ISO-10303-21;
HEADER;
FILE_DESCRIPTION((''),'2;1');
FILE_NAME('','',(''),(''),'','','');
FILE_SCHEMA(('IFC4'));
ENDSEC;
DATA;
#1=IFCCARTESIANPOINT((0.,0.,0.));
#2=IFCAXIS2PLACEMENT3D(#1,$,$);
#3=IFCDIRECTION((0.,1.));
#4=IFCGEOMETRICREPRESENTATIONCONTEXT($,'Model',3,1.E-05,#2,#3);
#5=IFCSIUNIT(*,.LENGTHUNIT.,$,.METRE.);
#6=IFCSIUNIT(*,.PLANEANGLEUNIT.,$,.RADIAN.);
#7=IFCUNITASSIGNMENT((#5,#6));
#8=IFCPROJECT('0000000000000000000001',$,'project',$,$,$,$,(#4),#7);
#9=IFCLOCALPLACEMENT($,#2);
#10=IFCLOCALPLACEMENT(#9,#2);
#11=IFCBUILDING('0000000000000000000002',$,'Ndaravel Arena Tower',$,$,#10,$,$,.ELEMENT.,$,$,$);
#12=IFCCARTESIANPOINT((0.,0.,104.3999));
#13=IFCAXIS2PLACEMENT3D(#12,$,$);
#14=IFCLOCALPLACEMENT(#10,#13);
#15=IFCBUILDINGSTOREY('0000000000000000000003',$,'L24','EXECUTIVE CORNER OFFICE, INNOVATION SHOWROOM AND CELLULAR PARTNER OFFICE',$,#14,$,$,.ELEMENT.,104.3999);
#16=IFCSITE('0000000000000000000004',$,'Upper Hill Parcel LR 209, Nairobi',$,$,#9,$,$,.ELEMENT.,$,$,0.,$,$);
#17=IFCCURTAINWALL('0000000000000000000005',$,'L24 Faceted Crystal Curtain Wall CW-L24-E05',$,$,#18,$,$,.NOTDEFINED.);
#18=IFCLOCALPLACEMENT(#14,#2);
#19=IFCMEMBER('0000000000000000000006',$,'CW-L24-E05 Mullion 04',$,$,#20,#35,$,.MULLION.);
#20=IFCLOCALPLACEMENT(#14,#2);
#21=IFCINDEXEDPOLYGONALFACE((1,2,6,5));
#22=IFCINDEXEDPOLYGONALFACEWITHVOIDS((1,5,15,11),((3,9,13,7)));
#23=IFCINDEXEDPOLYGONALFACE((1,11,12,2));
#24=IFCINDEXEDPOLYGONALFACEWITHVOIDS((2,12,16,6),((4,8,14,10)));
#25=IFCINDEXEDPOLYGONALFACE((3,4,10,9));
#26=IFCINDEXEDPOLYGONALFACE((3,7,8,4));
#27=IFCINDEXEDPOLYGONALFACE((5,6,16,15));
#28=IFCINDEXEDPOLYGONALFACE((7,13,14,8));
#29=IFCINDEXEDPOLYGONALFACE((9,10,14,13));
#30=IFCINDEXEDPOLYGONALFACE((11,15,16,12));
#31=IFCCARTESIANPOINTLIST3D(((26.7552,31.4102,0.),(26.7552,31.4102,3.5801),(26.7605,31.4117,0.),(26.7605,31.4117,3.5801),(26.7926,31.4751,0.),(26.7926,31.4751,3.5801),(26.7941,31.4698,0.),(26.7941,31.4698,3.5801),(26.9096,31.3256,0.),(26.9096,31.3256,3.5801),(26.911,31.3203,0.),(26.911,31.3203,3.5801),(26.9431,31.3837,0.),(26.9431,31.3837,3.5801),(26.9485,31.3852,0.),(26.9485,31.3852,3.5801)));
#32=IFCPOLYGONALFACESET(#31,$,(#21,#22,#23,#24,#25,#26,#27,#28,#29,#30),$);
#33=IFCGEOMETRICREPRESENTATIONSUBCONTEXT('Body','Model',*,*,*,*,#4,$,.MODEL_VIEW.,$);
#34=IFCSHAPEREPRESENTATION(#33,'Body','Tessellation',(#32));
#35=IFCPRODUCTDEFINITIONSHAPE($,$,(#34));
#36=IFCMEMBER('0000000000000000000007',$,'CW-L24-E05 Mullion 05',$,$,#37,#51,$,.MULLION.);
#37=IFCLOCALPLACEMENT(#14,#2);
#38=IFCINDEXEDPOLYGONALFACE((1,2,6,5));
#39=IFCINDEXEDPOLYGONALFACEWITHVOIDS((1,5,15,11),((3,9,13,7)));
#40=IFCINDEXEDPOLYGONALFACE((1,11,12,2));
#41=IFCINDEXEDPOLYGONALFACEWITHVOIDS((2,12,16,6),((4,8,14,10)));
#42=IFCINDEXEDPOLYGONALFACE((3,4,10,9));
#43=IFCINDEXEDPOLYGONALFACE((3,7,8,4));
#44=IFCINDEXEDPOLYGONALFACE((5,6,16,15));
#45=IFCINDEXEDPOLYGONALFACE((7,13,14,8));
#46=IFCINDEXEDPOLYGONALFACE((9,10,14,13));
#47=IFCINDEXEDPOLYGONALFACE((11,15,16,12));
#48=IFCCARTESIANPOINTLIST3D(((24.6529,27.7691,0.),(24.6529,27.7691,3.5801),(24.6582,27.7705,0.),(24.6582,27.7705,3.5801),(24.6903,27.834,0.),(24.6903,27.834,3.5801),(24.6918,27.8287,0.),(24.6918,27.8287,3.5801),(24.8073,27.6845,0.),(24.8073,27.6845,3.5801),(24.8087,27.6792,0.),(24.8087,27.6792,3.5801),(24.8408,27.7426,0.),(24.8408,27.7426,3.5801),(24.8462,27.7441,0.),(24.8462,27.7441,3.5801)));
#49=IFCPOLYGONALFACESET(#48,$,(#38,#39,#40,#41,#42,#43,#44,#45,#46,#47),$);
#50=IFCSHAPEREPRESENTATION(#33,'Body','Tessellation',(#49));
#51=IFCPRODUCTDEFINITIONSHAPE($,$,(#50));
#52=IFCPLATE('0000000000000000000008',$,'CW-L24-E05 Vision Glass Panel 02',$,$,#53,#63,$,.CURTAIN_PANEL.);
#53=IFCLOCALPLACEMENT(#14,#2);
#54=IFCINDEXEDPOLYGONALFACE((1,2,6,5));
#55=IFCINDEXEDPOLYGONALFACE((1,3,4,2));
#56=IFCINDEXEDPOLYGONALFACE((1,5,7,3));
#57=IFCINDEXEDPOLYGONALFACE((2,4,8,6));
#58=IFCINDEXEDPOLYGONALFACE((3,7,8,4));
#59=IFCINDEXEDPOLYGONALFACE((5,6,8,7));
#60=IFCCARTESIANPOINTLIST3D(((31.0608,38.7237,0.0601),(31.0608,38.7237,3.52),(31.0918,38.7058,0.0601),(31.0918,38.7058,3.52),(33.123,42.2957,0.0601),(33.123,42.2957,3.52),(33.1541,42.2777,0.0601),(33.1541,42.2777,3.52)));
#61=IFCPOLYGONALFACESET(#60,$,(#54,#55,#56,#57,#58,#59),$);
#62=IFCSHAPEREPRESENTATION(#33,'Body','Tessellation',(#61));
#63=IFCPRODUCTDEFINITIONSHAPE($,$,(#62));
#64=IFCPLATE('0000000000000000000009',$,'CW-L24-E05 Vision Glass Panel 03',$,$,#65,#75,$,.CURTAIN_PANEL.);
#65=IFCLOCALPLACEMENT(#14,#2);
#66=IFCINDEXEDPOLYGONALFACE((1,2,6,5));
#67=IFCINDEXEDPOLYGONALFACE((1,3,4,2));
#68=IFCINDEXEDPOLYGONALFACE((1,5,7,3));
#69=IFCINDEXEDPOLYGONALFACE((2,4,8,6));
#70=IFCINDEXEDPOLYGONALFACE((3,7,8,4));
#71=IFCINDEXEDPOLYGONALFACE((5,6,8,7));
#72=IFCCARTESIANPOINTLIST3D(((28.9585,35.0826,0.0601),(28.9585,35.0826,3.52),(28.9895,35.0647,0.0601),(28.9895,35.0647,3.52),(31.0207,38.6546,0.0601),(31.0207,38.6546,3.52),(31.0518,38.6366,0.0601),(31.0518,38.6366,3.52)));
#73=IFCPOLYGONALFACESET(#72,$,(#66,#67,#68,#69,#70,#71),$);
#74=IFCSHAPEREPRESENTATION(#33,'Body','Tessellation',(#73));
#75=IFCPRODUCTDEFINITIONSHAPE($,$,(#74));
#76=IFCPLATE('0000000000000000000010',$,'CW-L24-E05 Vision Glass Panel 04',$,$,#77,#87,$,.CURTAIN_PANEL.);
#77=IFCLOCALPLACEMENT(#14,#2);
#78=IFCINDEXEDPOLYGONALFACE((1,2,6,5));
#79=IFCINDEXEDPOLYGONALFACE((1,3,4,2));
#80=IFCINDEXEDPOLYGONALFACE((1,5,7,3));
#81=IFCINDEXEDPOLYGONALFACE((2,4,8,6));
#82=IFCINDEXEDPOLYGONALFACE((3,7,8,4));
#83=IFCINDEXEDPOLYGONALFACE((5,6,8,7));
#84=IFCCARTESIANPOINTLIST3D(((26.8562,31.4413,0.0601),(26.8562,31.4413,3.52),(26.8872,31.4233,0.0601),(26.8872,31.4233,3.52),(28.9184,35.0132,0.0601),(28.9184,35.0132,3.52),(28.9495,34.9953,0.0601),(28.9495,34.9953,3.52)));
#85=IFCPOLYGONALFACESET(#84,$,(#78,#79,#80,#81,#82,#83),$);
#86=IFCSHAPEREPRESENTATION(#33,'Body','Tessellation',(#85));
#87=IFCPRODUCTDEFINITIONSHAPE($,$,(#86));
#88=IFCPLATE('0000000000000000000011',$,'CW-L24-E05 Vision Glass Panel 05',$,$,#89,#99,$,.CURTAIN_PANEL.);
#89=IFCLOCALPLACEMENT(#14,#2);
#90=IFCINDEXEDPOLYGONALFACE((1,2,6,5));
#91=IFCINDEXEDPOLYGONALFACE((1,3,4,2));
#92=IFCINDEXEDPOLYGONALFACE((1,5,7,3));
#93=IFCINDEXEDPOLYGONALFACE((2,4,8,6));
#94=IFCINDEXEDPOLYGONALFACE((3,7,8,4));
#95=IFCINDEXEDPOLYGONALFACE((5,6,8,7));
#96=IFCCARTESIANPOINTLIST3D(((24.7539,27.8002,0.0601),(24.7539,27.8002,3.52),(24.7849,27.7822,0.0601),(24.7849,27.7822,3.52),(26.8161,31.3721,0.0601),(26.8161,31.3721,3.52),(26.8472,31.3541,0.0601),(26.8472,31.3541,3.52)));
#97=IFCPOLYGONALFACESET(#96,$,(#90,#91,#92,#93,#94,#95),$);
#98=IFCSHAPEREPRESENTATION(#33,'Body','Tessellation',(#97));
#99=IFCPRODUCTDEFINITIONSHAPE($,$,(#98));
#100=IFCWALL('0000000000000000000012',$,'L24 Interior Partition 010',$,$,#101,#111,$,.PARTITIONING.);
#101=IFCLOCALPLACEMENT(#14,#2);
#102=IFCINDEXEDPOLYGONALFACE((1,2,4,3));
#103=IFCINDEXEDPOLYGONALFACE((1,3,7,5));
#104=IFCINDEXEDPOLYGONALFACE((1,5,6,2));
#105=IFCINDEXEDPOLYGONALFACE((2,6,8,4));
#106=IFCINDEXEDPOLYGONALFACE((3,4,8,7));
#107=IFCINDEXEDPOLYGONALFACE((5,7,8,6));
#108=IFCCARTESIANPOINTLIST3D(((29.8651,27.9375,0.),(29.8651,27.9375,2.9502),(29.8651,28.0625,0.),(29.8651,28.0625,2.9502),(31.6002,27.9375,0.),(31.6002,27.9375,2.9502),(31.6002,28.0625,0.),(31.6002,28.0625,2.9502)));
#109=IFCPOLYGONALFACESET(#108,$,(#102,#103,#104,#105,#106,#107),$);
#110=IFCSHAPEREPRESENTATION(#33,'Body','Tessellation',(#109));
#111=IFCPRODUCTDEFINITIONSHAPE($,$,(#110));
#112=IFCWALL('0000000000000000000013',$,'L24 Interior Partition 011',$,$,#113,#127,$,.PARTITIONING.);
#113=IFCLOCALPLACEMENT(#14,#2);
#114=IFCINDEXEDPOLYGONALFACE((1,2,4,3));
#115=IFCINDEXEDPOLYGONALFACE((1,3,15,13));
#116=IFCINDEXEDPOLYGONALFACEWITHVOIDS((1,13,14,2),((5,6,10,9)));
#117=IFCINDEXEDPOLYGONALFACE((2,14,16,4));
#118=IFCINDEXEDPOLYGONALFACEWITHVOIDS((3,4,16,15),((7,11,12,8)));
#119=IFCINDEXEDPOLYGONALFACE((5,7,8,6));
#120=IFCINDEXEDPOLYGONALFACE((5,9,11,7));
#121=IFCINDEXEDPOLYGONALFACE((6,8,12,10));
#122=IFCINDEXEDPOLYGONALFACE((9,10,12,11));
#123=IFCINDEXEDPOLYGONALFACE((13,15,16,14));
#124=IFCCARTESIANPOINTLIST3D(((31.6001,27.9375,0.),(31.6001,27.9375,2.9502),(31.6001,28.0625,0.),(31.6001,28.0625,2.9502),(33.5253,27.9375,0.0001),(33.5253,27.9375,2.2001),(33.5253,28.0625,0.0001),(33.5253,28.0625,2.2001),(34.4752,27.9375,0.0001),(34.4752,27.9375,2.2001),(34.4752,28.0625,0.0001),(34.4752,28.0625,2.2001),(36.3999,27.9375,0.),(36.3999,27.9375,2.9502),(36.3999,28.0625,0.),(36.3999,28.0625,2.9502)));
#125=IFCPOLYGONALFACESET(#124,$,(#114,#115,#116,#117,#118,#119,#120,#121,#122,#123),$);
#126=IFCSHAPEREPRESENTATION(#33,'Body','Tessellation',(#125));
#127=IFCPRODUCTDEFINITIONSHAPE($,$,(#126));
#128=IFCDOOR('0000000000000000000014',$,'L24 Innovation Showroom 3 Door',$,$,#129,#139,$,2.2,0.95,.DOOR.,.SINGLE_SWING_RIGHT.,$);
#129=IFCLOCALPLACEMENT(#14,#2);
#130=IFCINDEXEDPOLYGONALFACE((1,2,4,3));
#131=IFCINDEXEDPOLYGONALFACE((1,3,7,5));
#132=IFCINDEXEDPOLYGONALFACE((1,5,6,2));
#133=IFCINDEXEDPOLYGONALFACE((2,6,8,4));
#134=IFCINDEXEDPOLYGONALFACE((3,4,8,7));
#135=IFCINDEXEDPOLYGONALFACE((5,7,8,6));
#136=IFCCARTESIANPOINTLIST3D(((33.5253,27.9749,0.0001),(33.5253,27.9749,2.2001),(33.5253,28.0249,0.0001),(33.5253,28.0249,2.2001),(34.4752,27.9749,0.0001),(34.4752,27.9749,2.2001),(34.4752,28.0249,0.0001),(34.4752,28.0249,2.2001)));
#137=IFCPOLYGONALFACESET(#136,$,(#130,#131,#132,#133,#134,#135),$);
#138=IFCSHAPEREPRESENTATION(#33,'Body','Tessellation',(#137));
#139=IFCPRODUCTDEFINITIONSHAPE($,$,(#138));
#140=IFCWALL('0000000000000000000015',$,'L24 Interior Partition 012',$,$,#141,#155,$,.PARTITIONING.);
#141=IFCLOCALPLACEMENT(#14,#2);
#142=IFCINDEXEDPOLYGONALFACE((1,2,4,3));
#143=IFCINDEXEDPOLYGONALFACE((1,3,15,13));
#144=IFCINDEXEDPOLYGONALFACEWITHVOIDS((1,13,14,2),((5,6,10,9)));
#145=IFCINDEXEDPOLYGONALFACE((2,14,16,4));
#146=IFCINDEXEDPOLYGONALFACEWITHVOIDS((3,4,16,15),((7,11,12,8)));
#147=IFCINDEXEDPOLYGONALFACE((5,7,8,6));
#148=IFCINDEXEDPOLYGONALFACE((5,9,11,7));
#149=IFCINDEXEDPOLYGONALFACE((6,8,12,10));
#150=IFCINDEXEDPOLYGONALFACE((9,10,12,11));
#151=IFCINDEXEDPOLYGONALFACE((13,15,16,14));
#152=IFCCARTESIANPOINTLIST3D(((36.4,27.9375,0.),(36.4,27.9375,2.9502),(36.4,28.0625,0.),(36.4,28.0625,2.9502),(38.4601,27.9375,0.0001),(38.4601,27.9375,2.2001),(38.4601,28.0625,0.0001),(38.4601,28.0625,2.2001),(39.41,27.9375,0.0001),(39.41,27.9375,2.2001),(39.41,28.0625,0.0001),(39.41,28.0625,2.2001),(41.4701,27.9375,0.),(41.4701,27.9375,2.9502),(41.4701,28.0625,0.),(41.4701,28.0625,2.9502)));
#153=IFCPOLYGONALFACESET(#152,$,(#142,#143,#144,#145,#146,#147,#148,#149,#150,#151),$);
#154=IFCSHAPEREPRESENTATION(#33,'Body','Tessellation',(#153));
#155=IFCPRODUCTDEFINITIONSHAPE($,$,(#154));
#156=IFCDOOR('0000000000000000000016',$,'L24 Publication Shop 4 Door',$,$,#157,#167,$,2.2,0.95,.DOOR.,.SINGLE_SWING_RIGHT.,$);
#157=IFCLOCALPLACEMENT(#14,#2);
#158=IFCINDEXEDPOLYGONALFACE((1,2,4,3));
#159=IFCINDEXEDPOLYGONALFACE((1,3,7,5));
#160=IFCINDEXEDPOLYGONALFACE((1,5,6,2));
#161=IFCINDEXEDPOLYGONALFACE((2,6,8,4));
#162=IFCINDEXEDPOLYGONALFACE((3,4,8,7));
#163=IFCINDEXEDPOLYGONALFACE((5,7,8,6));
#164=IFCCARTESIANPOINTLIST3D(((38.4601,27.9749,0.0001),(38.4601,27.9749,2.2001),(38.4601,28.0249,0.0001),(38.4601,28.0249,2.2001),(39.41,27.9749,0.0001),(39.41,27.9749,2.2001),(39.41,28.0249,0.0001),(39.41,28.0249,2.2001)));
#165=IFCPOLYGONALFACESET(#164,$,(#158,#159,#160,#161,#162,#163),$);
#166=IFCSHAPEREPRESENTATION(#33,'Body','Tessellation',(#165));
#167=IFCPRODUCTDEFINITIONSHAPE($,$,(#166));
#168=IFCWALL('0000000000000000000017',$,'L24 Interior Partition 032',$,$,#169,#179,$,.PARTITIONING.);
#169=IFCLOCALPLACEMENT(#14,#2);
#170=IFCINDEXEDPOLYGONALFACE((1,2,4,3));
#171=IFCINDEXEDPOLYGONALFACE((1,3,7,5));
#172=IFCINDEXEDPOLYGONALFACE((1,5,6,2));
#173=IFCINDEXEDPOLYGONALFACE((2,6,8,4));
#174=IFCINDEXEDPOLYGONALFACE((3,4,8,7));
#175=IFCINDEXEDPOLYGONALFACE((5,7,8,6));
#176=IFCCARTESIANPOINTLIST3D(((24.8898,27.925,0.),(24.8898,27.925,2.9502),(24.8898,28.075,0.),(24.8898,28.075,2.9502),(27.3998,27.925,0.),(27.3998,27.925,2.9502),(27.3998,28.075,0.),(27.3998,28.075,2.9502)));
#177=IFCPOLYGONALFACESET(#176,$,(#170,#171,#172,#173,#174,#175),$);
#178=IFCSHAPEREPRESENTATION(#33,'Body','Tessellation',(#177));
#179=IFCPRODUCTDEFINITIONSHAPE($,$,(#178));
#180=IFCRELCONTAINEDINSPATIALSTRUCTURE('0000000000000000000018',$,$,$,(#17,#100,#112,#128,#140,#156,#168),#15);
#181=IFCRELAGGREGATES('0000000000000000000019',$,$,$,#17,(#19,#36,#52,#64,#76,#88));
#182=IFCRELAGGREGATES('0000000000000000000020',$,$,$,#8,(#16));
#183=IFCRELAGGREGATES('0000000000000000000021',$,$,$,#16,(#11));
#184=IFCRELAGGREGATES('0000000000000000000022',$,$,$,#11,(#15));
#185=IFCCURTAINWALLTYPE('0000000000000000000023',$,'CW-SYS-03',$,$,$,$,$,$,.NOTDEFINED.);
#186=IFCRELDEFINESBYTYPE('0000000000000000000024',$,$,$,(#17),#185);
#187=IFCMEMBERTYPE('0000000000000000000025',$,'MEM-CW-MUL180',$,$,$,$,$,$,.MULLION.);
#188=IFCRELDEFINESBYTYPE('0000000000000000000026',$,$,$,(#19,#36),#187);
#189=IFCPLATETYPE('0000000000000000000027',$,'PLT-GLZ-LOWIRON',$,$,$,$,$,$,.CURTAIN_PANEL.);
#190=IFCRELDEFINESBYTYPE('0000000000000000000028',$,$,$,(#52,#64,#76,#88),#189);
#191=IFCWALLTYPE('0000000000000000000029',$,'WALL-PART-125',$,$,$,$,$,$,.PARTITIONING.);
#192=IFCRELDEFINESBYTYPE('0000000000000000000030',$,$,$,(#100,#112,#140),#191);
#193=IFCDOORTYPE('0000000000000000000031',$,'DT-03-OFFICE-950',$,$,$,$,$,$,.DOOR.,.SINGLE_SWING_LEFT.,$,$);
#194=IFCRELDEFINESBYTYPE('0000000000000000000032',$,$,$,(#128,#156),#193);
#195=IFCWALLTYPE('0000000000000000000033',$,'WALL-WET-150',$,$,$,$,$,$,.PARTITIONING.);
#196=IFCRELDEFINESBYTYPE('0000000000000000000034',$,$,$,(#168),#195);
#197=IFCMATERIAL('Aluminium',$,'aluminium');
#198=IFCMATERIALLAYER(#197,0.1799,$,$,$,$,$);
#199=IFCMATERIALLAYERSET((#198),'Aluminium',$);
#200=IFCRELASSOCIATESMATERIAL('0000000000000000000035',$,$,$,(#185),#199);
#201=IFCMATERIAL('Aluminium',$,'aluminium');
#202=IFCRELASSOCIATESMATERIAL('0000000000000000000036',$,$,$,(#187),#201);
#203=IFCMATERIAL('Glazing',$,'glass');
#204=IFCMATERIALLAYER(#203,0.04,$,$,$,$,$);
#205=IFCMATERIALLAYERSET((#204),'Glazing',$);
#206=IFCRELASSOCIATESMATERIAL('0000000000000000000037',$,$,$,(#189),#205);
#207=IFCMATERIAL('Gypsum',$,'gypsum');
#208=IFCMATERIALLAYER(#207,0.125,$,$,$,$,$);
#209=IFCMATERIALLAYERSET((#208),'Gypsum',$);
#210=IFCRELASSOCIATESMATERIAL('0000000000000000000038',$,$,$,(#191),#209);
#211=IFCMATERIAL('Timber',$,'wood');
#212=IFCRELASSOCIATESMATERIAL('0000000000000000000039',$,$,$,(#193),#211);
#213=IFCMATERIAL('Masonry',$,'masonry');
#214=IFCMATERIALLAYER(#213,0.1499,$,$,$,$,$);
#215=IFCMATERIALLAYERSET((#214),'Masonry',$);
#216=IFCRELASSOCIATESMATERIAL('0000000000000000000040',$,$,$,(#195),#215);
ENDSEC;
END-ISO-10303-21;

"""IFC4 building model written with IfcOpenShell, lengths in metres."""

from ifc_helpers import new_model, si_unit, direction, frame, frame_2d, origin, origin_2d, place, context, subcontext, project, spatial, rectangle, hollow_rectangle, extrude, material, layer, layer_set, material_profile, profile_set, type_object, element, fill, aggregate, save


model = new_model("IFC4")

# Units and contexts
model_context = context("Model", 3, precision=1e-05, world=origin(), true_north=direction((0.0, 1.0)))
body_context = subcontext(model_context, "Body", "Model", "MODEL_VIEW")
ifc_project = project(units=[si_unit("LENGTHUNIT", "METRE"), si_unit("PLANEANGLEUNIT", "RADIAN")], contexts=[model_context])

# Site, building, storey
site_placement = place(None, origin())
site = spatial("IfcSite", under=ifc_project, at=site_placement, Name="Upper Hill Parcel LR 209, Nairobi", CompositionType="ELEMENT", RefElevation=0.0)
building_placement = place(site_placement, origin())
building = spatial("IfcBuilding", under=site, at=building_placement, Name="Ndaravel Arena Tower", CompositionType="ELEMENT")
storey_placement = place(building_placement, frame((0.0, 0.0, 104.3999)))
storey = spatial("IfcBuildingStorey", under=building, at=storey_placement, Name="L24", Description="EXECUTIVE CORNER OFFICE, INNOVATION SHOWROOM AND CELLULAR PARTNER OFFICE", CompositionType="ELEMENT", Elevation=104.3999)

# Curtain wall, members, plates
ifc_material_1 = material(Name="Aluminium", Category="aluminium")
ifc_layer_1 = layer(ifc_material_1, 0.1799)
ifc_layer_set_1 = layer_set([ifc_layer_1], Name="Aluminium")
curtain_wall_type = type_object("IfcCurtainWallType", Name="CW-SYS-03", PredefinedType="NOTDEFINED", material=ifc_layer_set_1)
curtain_wall_placement = place(storey_placement, origin())
curtain_wall = element("IfcCurtainWall", 1, at=curtain_wall_placement, inside=storey, type_object=curtain_wall_type, Name="L24 Faceted Crystal Curtain Wall CW-L24-E05", PredefinedType="NOTDEFINED")
ifc_material_2 = material(Name="Aluminium", Category="aluminium")
ifc_material_profile_1 = material_profile(ifc_material_2, hollow_rectangle(XDim=0.075, YDim=0.1799, WallThickness=0.0039, at=origin_2d()), Name="CW MULLION 75x180x4")
ifc_profile_set_1 = profile_set([ifc_material_profile_1], Name="Aluminium")
member_type = type_object("IfcMemberType", Name="MEM-CW-MUL180", PredefinedType="MULLION", material=ifc_profile_set_1)
member_1_placement = place(storey_placement, frame((26.8518, 31.3977, 0.0), z_axis=(0.0, 0.0, 1.0), x_axis=(-0.5, -0.866025, 0.0)))
member_1 = element("IfcMember", 2, at=member_1_placement, type_object=member_type, Name="CW-L24-E05 Mullion 04", PredefinedType="MULLION", context=body_context, shape_type="SweptSolid", body=[
    extrude(hollow_rectangle(XDim=0.075, YDim=0.1799, WallThickness=0.0039, at=origin_2d()), origin(), (0.0, 0.0, 1.0), 3.5801),
])
member_2_placement = place(storey_placement, frame((24.7495, 27.7566, 0.0), z_axis=(0.0, 0.0, 1.0), x_axis=(-0.5, -0.866025, 0.0)))
member_2 = element("IfcMember", 3, at=member_2_placement, type_object=member_type, Name="CW-L24-E05 Mullion 05", PredefinedType="MULLION", context=body_context, shape_type="SweptSolid", body=[
    extrude(hollow_rectangle(XDim=0.075, YDim=0.1799, WallThickness=0.0039, at=origin_2d()), origin(), (0.0, 0.0, 1.0), 3.5801),
])
ifc_material_3 = material(Name="Glazing", Category="glass")
ifc_layer_2 = layer(ifc_material_3, 0.04)
ifc_layer_set_2 = layer_set([ifc_layer_2], Name="Glazing")
plate_type = type_object("IfcPlateType", Name="PLT-GLZ-LOWIRON", PredefinedType="CURTAIN_PANEL", material=ifc_layer_set_2)
plate_1_placement = place(storey_placement, frame((32.1074, 40.5007, 0.0601), z_axis=(0.0, 0.0, 1.0), x_axis=(-0.5, -0.866025, 0.0)))
plate_1 = element("IfcPlate", 4, at=plate_1_placement, type_object=plate_type, Name="CW-L24-E05 Vision Glass Panel 02", PredefinedType="CURTAIN_PANEL", context=body_context, shape_type="SweptSolid", body=[
    extrude(rectangle(XDim=4.1245, YDim=0.0359, at=origin_2d()), origin(), (0.0, 0.0, 1.0), 3.46),
])
plate_2_placement = place(storey_placement, frame((30.0051, 36.8596, 0.0601), z_axis=(0.0, 0.0, 1.0), x_axis=(-0.5, -0.866025, 0.0)))
plate_2 = element("IfcPlate", 5, at=plate_2_placement, type_object=plate_type, Name="CW-L24-E05 Vision Glass Panel 03", PredefinedType="CURTAIN_PANEL", context=body_context, shape_type="SweptSolid", body=[
    extrude(rectangle(XDim=4.1245, YDim=0.0359, at=origin_2d()), origin(), (0.0, 0.0, 1.0), 3.46),
])
plate_3_placement = place(storey_placement, frame((27.9028, 33.2183, 0.0601), z_axis=(0.0, 0.0, 1.0), x_axis=(-0.5, -0.866025, 0.0)))
plate_3 = element("IfcPlate", 6, at=plate_3_placement, type_object=plate_type, Name="CW-L24-E05 Vision Glass Panel 04", PredefinedType="CURTAIN_PANEL", context=body_context, shape_type="SweptSolid", body=[
    extrude(rectangle(XDim=4.1245, YDim=0.0359, at=origin_2d()), origin(), (0.0, 0.0, 1.0), 3.46),
])
plate_4_placement = place(storey_placement, frame((25.8005, 29.5771, 0.0601), z_axis=(0.0, 0.0, 1.0), x_axis=(-0.5, -0.866025, 0.0)))
plate_4 = element("IfcPlate", 7, at=plate_4_placement, type_object=plate_type, Name="CW-L24-E05 Vision Glass Panel 05", PredefinedType="CURTAIN_PANEL", context=body_context, shape_type="SweptSolid", body=[
    extrude(rectangle(XDim=4.1245, YDim=0.0359, at=origin_2d()), origin(), (0.0, 0.0, 1.0), 3.46),
])
aggregate(curtain_wall, [member_1, member_2, plate_1, plate_2, plate_3, plate_4])

# Wall
ifc_material_4 = material(Name="Gypsum", Category="gypsum")
ifc_layer_3 = layer(ifc_material_4, 0.125)
ifc_layer_set_3 = layer_set([ifc_layer_3], Name="Gypsum")
wall_type_1 = type_object("IfcWallType", Name="WALL-PART-125", PredefinedType="PARTITIONING", material=ifc_layer_set_3)
wall_1_placement = place(storey_placement, frame((29.865, 28.0, 0.0), z_axis=(0.0, 0.0, 1.0), x_axis=(1.0, 0.0, 0.0)))
element("IfcWall", 8, at=wall_1_placement, inside=storey, type_object=wall_type_1, Name="L24 Interior Partition 010", PredefinedType="PARTITIONING", context=body_context, shape_type="SweptSolid", body=[
    extrude(rectangle(XDim=1.7351, YDim=0.125, at=frame_2d((0.8677, 0.0))), origin(), (0.0, 0.0, 1.0), 2.9502),
])

# Walls, openings, doors
wall_2_placement = place(storey_placement, frame((31.6001, 28.0, 0.0), z_axis=(0.0, 0.0, 1.0), x_axis=(1.0, 0.0, 0.0)))
wall_2 = element("IfcWall", 9, at=wall_2_placement, inside=storey, type_object=wall_type_1, Name="L24 Interior Partition 011", PredefinedType="PARTITIONING", context=body_context, shape_type="SweptSolid", body=[
    extrude(rectangle(XDim=4.7998, YDim=0.125, at=frame_2d((2.3999, 0.0))), origin(), (0.0, 0.0, 1.0), 2.9502),
])
opening_1_placement = place(wall_2_placement, frame((1.925, 0.0, 0.0)))
opening_1 = element("IfcOpeningElement", 10, at=opening_1_placement, cuts=wall_2, PredefinedType="OPENING", context=body_context, shape_type="SweptSolid", body=[
    extrude(rectangle(XDim=0.95, YDim=2.2, at=frame_2d((0.4751, 1.1001))), frame((0.0, 0.0625, 0.0), z_axis=(0.0, -1.0, 0.0), x_axis=(1.0, 0.0, 0.0)), (0.0, 0.0, 1.0), 0.125),
])
ifc_material_5 = material(Name="Timber", Category="wood")
door_type = type_object("IfcDoorType", Name="DT-03-OFFICE-950", OperationType="SINGLE_SWING_LEFT", PredefinedType="DOOR", material=ifc_material_5)
door_1_placement = place(opening_1_placement, origin())
door_1 = element("IfcDoor", 11, at=door_1_placement, inside=storey, type_object=door_type, Name="L24 Innovation Showroom 3 Door", OperationType="SINGLE_SWING_RIGHT", OverallHeight=2.2, OverallWidth=0.95, PredefinedType="DOOR", context=body_context, shape_type="SweptSolid", body=[
    extrude(rectangle(XDim=0.95, YDim=2.2, at=frame_2d((0.4751, 1.1001))), frame((0.0, 0.0249, 0.0), z_axis=(0.0, -1.0, 0.0), x_axis=(1.0, 0.0, 0.0)), (0.0, 0.0, 1.0), 0.05),
])
fill(opening_1, door_1)
wall_3_placement = place(storey_placement, frame((36.3999, 28.0, 0.0), z_axis=(0.0, 0.0, 1.0), x_axis=(1.0, 0.0, 0.0)))
wall_3 = element("IfcWall", 12, at=wall_3_placement, inside=storey, type_object=wall_type_1, Name="L24 Interior Partition 012", PredefinedType="PARTITIONING", context=body_context, shape_type="SweptSolid", body=[
    extrude(rectangle(XDim=5.0701, YDim=0.125, at=frame_2d((2.5352, 0.0))), origin(), (0.0, 0.0, 1.0), 2.9502),
])
opening_2_placement = place(wall_3_placement, frame((2.0601, 0.0, 0.0)))
opening_2 = element("IfcOpeningElement", 13, at=opening_2_placement, cuts=wall_3, PredefinedType="OPENING", context=body_context, shape_type="SweptSolid", body=[
    extrude(rectangle(XDim=0.95, YDim=2.2, at=frame_2d((0.4751, 1.1001))), frame((0.0, 0.0625, 0.0), z_axis=(0.0, -1.0, 0.0), x_axis=(1.0, 0.0, 0.0)), (0.0, 0.0, 1.0), 0.125),
])
door_2_placement = place(opening_2_placement, origin())
door_2 = element("IfcDoor", 14, at=door_2_placement, inside=storey, type_object=door_type, Name="L24 Publication Shop 4 Door", OperationType="SINGLE_SWING_RIGHT", OverallHeight=2.2, OverallWidth=0.95, PredefinedType="DOOR", context=body_context, shape_type="SweptSolid", body=[
    extrude(rectangle(XDim=0.95, YDim=2.2, at=frame_2d((0.4751, 1.1001))), frame((0.0, 0.0249, 0.0), z_axis=(0.0, -1.0, 0.0), x_axis=(1.0, 0.0, 0.0)), (0.0, 0.0, 1.0), 0.05),
])
fill(opening_2, door_2)

# Wall
ifc_material_6 = material(Name="Masonry", Category="masonry")
ifc_layer_4 = layer(ifc_material_6, 0.1499)
ifc_layer_set_4 = layer_set([ifc_layer_4], Name="Masonry")
wall_type_2 = type_object("IfcWallType", Name="WALL-WET-150", PredefinedType="PARTITIONING", material=ifc_layer_set_4)
wall_4_placement = place(storey_placement, frame((24.8899, 28.0, 0.0), z_axis=(0.0, 0.0, 1.0), x_axis=(1.0, 0.0, 0.0)))
element("IfcWall", 15, at=wall_4_placement, inside=storey, type_object=wall_type_2, Name="L24 Interior Partition 032", PredefinedType="PARTITIONING", context=body_context, shape_type="SweptSolid", body=[
    extrude(rectangle(XDim=2.51, YDim=0.1499, at=frame_2d((1.2549, 0.0))), origin(), (0.0, 0.0, 1.0), 2.9502),
])

save(model, "model.ifc")
